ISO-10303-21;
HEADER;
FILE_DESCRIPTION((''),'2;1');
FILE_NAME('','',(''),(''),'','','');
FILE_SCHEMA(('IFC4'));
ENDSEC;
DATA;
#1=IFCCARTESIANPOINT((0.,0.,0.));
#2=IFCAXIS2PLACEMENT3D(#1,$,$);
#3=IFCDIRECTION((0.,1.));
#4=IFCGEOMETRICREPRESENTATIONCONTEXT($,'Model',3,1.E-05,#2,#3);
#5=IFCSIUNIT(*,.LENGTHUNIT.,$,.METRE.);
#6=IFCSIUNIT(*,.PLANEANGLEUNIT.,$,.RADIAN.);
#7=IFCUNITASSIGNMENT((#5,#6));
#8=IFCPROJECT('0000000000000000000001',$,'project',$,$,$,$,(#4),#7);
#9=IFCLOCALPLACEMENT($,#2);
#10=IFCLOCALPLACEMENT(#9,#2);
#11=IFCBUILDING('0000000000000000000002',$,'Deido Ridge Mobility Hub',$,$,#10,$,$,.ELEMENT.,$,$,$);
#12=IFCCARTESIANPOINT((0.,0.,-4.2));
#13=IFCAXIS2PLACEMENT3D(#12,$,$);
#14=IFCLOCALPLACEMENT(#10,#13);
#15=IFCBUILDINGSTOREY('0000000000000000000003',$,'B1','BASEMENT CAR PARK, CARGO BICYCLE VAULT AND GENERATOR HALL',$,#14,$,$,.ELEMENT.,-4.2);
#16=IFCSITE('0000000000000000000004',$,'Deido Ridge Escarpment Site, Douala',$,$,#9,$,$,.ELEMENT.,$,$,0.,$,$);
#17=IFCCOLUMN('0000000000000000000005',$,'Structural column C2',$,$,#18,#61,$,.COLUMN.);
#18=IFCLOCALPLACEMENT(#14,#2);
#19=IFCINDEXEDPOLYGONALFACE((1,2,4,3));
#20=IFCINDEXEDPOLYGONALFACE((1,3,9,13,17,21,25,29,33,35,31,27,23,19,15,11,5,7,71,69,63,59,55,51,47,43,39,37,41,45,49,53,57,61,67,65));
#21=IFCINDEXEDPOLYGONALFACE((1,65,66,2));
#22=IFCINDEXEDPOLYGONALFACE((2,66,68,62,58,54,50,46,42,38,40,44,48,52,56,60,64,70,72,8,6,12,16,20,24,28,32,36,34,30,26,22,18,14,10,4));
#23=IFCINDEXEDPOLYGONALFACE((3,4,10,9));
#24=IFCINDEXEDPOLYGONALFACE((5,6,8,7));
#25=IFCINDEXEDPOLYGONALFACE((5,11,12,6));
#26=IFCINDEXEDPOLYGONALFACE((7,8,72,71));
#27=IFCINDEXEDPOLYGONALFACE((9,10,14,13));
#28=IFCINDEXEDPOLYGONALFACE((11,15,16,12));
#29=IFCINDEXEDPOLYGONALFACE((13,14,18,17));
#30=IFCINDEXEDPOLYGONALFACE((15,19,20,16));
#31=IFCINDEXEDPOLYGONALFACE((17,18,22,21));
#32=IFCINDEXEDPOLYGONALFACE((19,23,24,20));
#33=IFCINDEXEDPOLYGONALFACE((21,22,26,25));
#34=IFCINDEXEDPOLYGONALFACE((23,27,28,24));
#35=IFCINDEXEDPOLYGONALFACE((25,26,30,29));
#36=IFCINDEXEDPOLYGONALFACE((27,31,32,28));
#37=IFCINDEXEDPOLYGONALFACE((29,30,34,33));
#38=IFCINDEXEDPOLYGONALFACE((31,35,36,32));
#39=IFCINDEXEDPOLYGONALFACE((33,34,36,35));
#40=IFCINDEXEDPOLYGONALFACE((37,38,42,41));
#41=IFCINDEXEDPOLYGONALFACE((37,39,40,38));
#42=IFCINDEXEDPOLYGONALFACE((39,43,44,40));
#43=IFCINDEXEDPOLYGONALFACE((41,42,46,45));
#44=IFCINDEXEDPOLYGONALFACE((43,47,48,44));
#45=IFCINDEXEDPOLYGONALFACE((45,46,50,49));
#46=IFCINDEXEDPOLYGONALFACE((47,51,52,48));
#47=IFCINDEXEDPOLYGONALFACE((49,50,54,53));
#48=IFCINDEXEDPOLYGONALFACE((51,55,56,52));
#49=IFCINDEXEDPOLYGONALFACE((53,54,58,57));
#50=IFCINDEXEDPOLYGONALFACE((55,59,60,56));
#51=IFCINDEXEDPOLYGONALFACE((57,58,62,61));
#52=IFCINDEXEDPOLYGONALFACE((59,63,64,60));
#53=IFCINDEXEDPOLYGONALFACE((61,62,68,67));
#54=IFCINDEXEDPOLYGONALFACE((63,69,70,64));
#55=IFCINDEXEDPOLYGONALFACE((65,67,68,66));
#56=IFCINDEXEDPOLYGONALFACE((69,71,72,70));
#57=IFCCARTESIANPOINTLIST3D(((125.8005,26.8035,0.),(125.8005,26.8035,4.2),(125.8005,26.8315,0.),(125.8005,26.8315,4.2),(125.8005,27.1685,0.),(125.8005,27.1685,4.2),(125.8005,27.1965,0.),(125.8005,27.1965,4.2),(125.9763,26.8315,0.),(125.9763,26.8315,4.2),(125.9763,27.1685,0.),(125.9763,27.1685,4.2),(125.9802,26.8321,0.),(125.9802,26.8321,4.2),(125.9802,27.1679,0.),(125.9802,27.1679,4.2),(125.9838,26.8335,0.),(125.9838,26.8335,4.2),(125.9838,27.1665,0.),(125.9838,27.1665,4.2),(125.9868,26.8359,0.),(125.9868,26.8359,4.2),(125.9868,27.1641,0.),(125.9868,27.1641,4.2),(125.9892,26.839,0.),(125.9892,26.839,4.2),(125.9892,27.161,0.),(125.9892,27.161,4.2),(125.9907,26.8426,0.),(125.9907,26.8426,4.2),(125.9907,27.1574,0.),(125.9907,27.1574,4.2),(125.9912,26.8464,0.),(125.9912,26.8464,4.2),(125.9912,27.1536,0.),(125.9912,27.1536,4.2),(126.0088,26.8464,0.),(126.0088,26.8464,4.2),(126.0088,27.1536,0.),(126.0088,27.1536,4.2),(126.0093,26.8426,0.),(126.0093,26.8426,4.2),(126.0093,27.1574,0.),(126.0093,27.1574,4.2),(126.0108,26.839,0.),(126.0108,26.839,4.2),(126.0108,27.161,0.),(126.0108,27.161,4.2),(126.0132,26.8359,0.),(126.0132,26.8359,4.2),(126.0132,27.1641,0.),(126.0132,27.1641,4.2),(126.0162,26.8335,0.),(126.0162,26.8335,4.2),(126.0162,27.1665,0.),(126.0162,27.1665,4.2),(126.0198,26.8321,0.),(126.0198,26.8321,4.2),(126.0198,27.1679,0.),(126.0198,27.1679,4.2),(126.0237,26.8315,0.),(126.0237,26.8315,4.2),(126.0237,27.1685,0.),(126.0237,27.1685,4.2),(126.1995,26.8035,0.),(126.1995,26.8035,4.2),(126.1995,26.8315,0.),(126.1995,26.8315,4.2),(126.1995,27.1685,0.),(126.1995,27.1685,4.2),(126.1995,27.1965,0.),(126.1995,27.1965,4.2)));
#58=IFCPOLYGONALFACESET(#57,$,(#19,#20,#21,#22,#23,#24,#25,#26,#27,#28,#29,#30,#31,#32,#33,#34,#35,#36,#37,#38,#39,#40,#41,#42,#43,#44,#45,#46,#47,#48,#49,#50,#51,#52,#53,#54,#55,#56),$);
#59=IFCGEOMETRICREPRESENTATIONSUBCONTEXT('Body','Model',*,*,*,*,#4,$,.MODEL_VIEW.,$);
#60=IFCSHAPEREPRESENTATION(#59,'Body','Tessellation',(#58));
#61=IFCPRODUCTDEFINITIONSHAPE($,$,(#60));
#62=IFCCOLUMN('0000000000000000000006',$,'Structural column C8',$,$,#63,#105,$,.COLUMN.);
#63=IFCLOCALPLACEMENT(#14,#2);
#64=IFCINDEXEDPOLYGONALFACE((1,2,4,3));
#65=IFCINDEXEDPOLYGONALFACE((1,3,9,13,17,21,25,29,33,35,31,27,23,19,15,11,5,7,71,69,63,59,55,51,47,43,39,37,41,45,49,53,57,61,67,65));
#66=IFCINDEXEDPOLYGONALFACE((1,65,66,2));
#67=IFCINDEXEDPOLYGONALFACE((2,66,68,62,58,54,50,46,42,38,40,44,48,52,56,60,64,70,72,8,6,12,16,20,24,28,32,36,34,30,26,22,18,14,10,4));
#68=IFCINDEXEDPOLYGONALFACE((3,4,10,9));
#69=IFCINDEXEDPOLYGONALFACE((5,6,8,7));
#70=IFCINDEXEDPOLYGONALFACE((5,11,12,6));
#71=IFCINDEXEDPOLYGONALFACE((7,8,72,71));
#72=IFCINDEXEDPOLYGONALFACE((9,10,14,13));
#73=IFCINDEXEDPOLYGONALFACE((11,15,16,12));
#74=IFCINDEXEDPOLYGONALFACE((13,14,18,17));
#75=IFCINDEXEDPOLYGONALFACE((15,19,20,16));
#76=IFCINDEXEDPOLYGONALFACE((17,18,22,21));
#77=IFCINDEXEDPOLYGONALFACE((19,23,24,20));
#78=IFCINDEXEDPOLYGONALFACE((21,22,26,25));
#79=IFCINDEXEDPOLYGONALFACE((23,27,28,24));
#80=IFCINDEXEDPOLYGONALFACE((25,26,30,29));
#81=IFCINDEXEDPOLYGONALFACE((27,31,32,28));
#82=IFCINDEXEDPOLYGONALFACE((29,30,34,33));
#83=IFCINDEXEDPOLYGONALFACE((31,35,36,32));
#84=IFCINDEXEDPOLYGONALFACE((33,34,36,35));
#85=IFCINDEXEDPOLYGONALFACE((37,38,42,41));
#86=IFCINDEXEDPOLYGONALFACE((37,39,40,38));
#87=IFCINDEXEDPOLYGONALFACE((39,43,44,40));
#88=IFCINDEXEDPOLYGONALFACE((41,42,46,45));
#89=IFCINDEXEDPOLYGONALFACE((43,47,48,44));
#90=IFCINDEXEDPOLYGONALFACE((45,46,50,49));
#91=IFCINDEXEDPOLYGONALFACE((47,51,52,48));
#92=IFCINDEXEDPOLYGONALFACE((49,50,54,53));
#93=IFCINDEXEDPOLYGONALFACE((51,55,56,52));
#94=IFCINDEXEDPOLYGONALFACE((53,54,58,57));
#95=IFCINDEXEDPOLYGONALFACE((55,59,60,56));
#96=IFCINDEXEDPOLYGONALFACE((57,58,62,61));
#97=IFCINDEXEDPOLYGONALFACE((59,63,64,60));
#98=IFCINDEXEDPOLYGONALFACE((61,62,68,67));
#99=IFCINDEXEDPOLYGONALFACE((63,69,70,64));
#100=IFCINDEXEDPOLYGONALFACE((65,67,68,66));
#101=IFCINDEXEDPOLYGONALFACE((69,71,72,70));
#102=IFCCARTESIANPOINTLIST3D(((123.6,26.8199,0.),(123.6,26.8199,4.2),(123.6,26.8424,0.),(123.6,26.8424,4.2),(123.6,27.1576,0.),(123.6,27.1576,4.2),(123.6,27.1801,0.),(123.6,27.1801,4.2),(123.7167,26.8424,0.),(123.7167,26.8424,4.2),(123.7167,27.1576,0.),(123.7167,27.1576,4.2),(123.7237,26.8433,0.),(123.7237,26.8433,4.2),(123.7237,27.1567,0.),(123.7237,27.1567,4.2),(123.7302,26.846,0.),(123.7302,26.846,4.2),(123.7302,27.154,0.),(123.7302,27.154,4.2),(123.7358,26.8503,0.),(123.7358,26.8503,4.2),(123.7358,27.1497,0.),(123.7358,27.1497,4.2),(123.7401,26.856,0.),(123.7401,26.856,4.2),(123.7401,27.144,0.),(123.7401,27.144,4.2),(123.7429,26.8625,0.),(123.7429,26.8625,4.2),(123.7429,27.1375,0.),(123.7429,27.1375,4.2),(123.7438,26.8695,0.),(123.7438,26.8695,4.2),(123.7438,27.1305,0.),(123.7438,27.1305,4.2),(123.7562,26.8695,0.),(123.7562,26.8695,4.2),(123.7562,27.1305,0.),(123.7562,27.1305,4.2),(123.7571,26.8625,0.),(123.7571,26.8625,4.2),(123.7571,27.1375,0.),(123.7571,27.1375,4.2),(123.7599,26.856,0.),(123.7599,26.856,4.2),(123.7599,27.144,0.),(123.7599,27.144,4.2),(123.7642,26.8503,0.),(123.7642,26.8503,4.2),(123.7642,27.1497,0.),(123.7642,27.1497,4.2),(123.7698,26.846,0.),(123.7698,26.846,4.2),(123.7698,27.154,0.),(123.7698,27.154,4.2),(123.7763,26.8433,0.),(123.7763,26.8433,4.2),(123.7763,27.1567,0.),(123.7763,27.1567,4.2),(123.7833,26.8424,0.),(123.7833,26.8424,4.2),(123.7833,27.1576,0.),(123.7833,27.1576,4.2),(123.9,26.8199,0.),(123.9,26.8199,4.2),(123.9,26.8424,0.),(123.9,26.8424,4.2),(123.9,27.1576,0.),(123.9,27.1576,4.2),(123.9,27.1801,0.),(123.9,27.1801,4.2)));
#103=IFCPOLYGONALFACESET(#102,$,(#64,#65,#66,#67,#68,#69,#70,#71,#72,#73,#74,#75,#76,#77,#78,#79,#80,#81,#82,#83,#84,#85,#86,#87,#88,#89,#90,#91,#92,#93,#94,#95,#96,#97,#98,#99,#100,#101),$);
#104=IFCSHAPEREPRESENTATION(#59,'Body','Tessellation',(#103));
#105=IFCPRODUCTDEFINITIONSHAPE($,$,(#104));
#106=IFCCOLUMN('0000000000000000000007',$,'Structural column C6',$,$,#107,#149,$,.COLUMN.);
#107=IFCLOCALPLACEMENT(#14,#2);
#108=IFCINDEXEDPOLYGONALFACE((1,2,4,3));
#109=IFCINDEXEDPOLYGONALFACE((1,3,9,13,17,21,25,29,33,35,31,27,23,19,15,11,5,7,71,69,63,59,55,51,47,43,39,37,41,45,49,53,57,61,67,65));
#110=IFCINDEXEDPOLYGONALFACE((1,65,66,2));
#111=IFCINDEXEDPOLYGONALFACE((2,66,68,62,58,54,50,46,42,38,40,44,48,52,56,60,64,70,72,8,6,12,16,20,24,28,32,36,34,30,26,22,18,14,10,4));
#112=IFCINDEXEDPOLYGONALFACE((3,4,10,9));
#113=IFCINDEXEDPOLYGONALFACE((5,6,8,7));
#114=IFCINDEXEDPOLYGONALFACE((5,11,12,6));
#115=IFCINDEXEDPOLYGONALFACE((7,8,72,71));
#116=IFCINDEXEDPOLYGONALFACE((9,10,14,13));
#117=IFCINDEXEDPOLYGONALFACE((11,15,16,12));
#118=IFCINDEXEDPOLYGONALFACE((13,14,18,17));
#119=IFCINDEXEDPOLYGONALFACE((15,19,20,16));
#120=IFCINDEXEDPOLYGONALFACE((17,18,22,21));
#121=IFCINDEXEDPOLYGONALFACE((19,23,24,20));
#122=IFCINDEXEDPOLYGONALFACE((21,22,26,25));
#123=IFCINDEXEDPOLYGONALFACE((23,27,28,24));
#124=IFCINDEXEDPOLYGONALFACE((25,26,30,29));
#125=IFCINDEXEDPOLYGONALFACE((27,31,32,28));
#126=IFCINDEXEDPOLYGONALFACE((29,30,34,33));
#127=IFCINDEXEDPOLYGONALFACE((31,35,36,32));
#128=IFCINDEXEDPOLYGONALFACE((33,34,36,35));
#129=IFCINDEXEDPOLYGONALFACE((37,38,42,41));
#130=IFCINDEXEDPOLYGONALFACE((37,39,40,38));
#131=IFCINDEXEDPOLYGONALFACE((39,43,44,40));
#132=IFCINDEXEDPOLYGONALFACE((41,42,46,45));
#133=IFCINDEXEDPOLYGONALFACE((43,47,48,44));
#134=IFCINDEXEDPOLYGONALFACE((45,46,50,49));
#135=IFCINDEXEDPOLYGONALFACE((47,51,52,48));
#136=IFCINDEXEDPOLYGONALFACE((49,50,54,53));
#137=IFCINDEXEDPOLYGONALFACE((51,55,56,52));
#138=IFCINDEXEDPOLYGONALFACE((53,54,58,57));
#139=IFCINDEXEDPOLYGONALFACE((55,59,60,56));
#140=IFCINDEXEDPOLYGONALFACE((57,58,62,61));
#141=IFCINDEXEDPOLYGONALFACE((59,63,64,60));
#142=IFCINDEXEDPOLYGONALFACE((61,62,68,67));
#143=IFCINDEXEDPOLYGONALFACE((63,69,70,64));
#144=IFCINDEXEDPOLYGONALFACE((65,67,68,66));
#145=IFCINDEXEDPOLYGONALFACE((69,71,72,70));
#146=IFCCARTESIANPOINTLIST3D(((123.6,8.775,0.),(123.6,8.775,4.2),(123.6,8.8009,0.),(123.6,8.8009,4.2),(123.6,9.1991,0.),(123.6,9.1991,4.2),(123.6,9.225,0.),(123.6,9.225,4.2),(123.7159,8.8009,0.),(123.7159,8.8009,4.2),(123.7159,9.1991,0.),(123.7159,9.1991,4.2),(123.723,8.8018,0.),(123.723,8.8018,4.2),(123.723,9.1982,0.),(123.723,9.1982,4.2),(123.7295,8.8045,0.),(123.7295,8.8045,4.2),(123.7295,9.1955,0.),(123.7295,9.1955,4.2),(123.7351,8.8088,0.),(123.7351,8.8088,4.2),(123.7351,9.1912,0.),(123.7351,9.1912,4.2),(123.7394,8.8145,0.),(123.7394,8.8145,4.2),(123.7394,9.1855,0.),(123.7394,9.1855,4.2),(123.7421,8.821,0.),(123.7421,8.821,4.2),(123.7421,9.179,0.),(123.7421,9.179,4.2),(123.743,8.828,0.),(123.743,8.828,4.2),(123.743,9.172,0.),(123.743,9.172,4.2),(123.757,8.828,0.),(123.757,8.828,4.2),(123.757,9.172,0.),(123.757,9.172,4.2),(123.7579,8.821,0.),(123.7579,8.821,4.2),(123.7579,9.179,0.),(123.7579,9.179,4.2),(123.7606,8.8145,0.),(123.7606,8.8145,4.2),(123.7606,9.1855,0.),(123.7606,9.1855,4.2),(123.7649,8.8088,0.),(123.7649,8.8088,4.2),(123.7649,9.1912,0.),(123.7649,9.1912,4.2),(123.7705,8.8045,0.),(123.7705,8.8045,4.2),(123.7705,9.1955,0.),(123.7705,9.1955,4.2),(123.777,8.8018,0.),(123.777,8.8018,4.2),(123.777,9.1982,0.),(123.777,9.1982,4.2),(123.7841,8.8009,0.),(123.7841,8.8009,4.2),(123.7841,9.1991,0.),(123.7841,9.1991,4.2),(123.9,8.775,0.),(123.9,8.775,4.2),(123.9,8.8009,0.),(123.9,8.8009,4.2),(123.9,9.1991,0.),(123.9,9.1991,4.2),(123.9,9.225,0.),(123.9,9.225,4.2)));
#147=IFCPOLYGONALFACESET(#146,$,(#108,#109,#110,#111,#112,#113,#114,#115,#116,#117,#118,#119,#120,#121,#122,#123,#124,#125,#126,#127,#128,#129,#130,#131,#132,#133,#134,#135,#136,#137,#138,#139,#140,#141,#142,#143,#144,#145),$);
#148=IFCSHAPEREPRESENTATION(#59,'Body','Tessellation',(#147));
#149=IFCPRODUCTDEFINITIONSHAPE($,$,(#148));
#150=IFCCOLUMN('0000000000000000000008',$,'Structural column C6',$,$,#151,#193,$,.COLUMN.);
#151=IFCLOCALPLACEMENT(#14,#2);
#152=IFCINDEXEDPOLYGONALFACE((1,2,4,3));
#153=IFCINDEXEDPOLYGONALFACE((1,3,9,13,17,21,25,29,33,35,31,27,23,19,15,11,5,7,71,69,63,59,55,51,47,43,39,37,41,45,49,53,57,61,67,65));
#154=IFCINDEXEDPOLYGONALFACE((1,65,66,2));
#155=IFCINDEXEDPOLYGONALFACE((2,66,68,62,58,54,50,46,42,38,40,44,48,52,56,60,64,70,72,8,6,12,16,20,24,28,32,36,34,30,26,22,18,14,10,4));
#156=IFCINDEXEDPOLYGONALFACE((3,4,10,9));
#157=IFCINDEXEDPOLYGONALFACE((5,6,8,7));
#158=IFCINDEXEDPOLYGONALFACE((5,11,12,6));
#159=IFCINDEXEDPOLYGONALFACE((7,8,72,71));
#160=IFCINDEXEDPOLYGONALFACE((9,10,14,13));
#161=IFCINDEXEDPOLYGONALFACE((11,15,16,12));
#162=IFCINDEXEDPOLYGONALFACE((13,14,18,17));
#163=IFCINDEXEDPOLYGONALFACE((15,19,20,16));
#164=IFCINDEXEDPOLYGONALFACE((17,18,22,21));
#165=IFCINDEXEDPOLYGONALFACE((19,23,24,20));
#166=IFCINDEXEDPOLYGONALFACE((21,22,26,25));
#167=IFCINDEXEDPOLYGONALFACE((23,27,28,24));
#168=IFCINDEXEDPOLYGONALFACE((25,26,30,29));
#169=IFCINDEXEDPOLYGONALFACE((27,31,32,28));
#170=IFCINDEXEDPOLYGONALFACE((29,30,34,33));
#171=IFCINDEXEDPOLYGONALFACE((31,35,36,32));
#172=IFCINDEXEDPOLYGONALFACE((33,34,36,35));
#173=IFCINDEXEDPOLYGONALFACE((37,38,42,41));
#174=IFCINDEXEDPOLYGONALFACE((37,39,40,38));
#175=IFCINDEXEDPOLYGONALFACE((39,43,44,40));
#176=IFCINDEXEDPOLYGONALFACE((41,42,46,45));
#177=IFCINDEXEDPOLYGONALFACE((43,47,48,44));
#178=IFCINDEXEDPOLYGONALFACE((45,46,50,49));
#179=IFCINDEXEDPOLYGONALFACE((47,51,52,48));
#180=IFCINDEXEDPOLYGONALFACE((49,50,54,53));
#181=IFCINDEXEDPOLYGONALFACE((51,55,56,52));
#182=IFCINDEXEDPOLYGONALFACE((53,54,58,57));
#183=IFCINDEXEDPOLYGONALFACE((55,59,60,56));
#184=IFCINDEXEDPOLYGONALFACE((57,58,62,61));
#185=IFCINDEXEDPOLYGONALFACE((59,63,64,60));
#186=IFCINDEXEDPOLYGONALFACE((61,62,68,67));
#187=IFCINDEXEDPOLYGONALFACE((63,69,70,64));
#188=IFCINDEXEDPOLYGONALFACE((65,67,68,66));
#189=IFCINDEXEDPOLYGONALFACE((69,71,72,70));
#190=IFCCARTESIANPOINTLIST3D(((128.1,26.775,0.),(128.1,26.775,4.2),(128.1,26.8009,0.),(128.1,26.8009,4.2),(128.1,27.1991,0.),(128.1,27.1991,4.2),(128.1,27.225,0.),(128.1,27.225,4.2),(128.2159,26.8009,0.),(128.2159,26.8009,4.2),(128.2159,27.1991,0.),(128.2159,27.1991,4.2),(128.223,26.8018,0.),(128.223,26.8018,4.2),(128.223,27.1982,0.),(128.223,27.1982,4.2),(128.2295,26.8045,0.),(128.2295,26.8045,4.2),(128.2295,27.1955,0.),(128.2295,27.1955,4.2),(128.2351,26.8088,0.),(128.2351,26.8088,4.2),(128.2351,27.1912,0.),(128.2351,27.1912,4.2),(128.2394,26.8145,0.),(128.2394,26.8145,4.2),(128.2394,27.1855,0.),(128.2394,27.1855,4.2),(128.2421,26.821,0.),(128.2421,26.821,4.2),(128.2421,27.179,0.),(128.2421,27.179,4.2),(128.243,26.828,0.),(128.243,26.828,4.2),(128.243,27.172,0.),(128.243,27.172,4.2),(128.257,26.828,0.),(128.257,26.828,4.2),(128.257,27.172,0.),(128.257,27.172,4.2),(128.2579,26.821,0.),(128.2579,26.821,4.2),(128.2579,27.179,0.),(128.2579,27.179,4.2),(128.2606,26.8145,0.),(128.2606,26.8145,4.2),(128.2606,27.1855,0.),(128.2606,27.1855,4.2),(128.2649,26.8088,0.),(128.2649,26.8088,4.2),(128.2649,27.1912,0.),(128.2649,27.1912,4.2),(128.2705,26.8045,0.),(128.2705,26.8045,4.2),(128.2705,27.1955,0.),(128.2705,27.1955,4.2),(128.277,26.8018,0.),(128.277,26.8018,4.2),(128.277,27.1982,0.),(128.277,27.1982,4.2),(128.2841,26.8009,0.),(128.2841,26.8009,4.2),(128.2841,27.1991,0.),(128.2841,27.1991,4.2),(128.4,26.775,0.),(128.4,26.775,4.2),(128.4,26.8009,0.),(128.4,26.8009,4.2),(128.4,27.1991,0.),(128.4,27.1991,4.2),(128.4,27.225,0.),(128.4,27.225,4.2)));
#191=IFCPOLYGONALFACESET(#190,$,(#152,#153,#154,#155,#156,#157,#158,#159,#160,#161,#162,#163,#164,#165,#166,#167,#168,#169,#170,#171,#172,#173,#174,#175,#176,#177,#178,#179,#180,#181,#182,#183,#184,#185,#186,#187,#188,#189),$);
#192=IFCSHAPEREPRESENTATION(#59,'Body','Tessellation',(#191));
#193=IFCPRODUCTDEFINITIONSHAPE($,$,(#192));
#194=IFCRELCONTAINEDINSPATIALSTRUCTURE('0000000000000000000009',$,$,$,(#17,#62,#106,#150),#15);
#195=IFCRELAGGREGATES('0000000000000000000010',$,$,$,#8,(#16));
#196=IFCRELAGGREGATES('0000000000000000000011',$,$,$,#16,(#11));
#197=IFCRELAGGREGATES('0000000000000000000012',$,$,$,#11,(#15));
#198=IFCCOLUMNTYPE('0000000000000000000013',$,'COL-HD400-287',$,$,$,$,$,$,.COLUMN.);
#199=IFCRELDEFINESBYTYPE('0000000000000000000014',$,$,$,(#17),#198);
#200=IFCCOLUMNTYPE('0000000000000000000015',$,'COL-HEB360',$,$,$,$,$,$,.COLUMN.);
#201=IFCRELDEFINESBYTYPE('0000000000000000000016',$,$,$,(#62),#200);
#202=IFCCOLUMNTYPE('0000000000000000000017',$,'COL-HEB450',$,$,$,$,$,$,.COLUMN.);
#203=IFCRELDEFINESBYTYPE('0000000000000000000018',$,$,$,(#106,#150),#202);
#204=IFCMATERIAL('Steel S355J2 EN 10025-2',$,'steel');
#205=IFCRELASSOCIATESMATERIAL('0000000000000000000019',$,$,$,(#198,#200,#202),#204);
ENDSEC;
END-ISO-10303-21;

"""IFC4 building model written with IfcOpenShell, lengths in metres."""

from ifc_helpers import new_model, si_unit, direction, frame, origin, origin_2d, place, context, subcontext, project, spatial, i_section, extrude, material, material_profile, profile_set, type_object, element, save


model = new_model("IFC4")

# Units and contexts
model_context = context("Model", 3, precision=1e-05, world=origin(), true_north=direction((0.0, 1.0)))
body_context = subcontext(model_context, "Body", "Model", "MODEL_VIEW")
ifc_project = project(units=[si_unit("LENGTHUNIT", "METRE"), si_unit("PLANEANGLEUNIT", "RADIAN")], contexts=[model_context])

# Site, building, storey
site_placement = place(None, origin())
site = spatial("IfcSite", under=ifc_project, at=site_placement, Name="Deido Ridge Escarpment Site, Douala", CompositionType="ELEMENT", RefElevation=0.0)
building_placement = place(site_placement, origin())
building = spatial("IfcBuilding", under=site, at=building_placement, Name="Deido Ridge Mobility Hub", CompositionType="ELEMENT")
storey_placement = place(building_placement, frame((0.0, 0.0, -4.2)))
storey = spatial("IfcBuildingStorey", under=building, at=storey_placement, Name="B1", Description="BASEMENT CAR PARK, CARGO BICYCLE VAULT AND GENERATOR HALL", CompositionType="ELEMENT", Elevation=-4.2)

# Columns
ifc_material_1 = material(Name="Steel S355J2 EN 10025-2", Category="steel")
ifc_material_profile_1 = material_profile(ifc_material_1, i_section(OverallWidth=0.3989, OverallDepth=0.3931, WebThickness=0.0176, FlangeThickness=0.0281, FilletRadius=0.0149, at=origin_2d()), Name="HD 400x287")
ifc_profile_set_1 = profile_set([ifc_material_profile_1], Name="Steel S355J2 EN 10025-2")
column_type_1 = type_object("IfcColumnType", Name="COL-HD400-287", PredefinedType="COLUMN", material=ifc_profile_set_1)
for number, where, z_axis, x_axis, name in (
    (1, (126.0, 27.0, 0.0), (0.0, 0.0, 1.0), (1.0, 0.0, 0.0), "Structural column C2"),
):
    element("IfcColumn", number, at=place(storey_placement, frame(where, z_axis=z_axis, x_axis=x_axis)), inside=storey, type_object=column_type_1, Name=name, PredefinedType="COLUMN", context=body_context, shape_type="SweptSolid", body=[
        extrude(i_section(OverallWidth=0.3989, OverallDepth=0.3931, WebThickness=0.0176, FlangeThickness=0.0281, FilletRadius=0.0149, at=origin_2d()), origin(), (0.0, 0.0, 1.0), 4.2),
    ])
ifc_material_profile_2 = material_profile(ifc_material_1, i_section(OverallWidth=0.3, OverallDepth=0.3601, WebThickness=0.0125, FlangeThickness=0.0225, FilletRadius=0.0271, at=origin_2d()), Name="HEB 360")
ifc_profile_set_2 = profile_set([ifc_material_profile_2], Name="Steel S355J2 EN 10025-2")
column_type_2 = type_object("IfcColumnType", Name="COL-HEB360", PredefinedType="COLUMN", material=ifc_profile_set_2)
column_placement = place(storey_placement, frame((123.75, 27.0, 0.0), z_axis=(0.0, 0.0, 1.0), x_axis=(1.0, 0.0, 0.0)))
element("IfcColumn", 2, at=column_placement, inside=storey, type_object=column_type_2, Name="Structural column C8", PredefinedType="COLUMN", context=body_context, shape_type="SweptSolid", body=[
    extrude(i_section(OverallWidth=0.3, OverallDepth=0.3601, WebThickness=0.0125, FlangeThickness=0.0225, FilletRadius=0.0271, at=origin_2d()), origin(), (0.0, 0.0, 1.0), 4.2),
])
ifc_material_profile_3 = material_profile(ifc_material_1, i_section(OverallWidth=0.3, OverallDepth=0.45, WebThickness=0.0139, FlangeThickness=0.0259, FilletRadius=0.0271, at=origin_2d()), Name="HEB 450")
ifc_profile_set_3 = profile_set([ifc_material_profile_3], Name="Steel S355J2 EN 10025-2")
column_type_3 = type_object("IfcColumnType", Name="COL-HEB450", PredefinedType="COLUMN", material=ifc_profile_set_3)
for number, where, z_axis, x_axis, name in (
    (3, (123.75, 9.0, 0.0), (0.0, 0.0, 1.0), (1.0, 0.0, 0.0), "Structural column C6"),
    (4, (128.25, 27.0, 0.0), (0.0, 0.0, 1.0), (1.0, 0.0, 0.0), "Structural column C6"),
):
    element("IfcColumn", number, at=place(storey_placement, frame(where, z_axis=z_axis, x_axis=x_axis)), inside=storey, type_object=column_type_3, Name=name, PredefinedType="COLUMN", context=body_context, shape_type="SweptSolid", body=[
        extrude(i_section(OverallWidth=0.3, OverallDepth=0.45, WebThickness=0.0139, FlangeThickness=0.0259, FilletRadius=0.0271, at=origin_2d()), origin(), (0.0, 0.0, 1.0), 4.2),
    ])

save(model, "model.ifc")
